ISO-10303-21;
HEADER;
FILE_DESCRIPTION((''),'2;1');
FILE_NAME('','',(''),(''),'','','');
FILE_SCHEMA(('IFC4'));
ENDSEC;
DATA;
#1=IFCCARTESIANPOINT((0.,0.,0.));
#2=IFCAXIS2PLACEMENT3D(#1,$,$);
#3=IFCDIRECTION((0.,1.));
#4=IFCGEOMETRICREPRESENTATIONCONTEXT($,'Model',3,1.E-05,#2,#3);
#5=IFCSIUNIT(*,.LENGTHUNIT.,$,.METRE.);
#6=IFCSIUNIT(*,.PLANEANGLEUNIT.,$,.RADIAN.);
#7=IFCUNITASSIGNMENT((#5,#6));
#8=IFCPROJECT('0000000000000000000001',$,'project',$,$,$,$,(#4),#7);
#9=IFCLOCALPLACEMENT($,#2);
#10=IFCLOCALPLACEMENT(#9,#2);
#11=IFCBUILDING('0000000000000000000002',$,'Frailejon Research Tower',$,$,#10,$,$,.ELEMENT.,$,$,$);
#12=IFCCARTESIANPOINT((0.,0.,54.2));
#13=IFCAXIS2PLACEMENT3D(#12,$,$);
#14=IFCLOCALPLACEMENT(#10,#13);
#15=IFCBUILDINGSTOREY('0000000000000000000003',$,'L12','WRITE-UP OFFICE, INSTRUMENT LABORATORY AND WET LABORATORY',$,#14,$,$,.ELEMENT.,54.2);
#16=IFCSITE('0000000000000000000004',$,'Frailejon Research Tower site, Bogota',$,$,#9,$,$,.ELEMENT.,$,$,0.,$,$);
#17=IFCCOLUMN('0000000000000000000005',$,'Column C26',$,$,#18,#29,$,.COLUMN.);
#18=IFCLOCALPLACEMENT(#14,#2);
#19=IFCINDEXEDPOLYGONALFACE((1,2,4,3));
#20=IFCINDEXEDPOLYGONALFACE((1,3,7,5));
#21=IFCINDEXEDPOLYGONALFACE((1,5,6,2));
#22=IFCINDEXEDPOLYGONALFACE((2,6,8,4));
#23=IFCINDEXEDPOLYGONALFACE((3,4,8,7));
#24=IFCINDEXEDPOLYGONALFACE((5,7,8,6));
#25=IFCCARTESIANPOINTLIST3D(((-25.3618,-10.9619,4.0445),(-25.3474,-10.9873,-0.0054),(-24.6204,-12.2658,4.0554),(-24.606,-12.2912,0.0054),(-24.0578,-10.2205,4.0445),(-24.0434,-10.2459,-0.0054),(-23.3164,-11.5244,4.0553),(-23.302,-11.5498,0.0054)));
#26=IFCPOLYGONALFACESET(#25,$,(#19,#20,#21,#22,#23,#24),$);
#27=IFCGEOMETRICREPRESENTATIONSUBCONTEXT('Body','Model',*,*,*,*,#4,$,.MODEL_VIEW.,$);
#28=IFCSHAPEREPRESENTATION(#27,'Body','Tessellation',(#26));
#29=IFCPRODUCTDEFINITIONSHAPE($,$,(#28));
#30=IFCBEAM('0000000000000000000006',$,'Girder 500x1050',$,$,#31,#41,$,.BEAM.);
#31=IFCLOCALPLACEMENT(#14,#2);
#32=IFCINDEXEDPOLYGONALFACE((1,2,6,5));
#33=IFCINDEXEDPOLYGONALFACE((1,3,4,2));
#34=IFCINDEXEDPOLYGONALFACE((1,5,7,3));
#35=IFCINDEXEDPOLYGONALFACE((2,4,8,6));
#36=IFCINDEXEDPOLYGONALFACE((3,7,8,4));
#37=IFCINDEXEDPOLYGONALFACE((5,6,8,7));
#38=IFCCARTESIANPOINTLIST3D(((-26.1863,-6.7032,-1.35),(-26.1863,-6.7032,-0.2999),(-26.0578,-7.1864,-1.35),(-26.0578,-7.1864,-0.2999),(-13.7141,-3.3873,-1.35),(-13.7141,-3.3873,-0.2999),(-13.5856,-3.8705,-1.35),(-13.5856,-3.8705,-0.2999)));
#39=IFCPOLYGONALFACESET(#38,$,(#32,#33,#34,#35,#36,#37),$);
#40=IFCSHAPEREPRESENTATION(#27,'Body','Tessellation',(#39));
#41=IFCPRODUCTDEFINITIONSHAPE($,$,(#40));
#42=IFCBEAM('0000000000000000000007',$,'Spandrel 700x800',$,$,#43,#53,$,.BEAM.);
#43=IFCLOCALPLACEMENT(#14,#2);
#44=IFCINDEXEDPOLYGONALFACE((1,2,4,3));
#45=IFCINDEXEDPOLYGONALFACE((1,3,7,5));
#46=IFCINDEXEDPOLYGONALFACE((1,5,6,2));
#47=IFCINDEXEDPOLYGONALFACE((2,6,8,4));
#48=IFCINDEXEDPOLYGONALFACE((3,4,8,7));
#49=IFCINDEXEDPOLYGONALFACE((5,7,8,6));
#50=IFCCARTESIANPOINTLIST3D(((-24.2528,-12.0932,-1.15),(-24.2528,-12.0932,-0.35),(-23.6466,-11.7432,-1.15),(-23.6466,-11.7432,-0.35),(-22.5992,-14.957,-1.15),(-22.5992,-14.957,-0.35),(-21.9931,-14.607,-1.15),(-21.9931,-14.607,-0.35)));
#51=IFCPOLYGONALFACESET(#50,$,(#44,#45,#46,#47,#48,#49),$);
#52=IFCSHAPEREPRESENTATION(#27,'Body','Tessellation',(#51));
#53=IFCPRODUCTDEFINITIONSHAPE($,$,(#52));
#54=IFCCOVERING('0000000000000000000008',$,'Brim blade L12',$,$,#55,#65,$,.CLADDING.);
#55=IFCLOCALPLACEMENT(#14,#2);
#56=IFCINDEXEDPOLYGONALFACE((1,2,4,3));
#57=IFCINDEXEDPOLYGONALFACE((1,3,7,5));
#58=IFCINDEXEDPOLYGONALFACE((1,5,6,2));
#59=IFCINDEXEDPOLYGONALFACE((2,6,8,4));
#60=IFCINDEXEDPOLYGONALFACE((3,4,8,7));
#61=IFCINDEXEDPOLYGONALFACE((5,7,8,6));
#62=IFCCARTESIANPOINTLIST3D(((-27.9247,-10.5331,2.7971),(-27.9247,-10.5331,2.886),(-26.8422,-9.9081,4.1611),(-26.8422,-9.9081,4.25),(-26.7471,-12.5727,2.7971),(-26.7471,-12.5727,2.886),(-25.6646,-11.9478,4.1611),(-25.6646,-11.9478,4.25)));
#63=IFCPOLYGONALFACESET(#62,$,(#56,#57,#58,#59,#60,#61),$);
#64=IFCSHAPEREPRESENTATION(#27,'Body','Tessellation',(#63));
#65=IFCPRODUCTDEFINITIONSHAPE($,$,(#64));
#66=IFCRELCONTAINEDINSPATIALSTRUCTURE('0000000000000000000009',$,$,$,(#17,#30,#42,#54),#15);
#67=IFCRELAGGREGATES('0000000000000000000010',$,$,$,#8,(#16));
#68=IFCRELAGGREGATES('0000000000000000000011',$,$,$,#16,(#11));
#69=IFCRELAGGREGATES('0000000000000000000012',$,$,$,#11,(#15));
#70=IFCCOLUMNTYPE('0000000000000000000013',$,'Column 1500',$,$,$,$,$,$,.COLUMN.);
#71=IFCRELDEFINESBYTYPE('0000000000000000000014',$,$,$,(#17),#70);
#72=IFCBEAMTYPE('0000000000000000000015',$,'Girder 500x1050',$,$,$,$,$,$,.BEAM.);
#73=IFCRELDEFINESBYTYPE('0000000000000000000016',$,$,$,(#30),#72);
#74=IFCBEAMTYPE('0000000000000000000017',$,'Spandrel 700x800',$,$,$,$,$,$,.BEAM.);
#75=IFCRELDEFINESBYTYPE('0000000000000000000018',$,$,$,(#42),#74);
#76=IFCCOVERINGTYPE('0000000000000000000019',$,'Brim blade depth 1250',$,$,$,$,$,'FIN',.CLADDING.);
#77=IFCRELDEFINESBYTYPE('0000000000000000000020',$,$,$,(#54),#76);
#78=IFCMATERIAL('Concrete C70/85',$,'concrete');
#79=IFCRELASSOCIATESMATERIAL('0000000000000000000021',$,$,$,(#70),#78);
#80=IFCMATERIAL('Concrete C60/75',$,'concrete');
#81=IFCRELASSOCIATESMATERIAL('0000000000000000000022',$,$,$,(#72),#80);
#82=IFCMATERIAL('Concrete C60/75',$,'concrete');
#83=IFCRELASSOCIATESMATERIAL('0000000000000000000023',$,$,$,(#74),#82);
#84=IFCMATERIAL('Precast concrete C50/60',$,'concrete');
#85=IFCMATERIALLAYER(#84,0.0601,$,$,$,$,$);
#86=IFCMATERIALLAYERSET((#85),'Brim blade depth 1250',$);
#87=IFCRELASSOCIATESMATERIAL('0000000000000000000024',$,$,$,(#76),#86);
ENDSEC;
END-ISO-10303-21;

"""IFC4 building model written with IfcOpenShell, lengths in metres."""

from ifc_helpers import new_model, si_unit, direction, frame, origin, origin_2d, place, context, subcontext, project, spatial, polyline, rectangle, outline, extrude, material, layer, layer_set, material_profile, profile_set, type_object, element, save


model = new_model("IFC4")

# Units and contexts
model_context = context("Model", 3, precision=1e-05, world=origin(), true_north=direction((0.0, 1.0)))
body_context = subcontext(model_context, "Body", "Model", "MODEL_VIEW")
ifc_project = project(units=[si_unit("LENGTHUNIT", "METRE"), si_unit("PLANEANGLEUNIT", "RADIAN")], contexts=[model_context])

# Site, building, storey
site_placement = place(None, origin())
site = spatial("IfcSite", under=ifc_project, at=site_placement, Name="Frailejon Research Tower site, Bogota", CompositionType="ELEMENT", RefElevation=0.0)
building_placement = place(site_placement, origin())
building = spatial("IfcBuilding", under=site, at=building_placement, Name="Frailejon Research Tower", CompositionType="ELEMENT")
storey_placement = place(building_placement, frame((0.0, 0.0, 54.2)))
storey = spatial("IfcBuildingStorey", under=building, at=storey_placement, Name="L12", Description="WRITE-UP OFFICE, INSTRUMENT LABORATORY AND WET LABORATORY", CompositionType="ELEMENT", Elevation=54.2)

# Column
ifc_material_1 = material(Name="Concrete C70/85", Category="concrete")
ifc_material_profile_1 = material_profile(ifc_material_1, rectangle(XDim=1.5, YDim=1.5, at=origin_2d()), Name="Column 1500")
ifc_profile_set_1 = profile_set([ifc_material_profile_1], Name="Concrete C70/85")
column_type = type_object("IfcColumnType", Name="Column 1500", PredefinedType="COLUMN", material=ifc_profile_set_1)
column_placement = place(storey_placement, frame((-24.3247, -11.2686, 0.0), z_axis=(-0.003556, 0.006269, 0.999974), x_axis=(0.494246, -0.869292, 0.007208)))
element("IfcColumn", 1, at=column_placement, inside=storey, type_object=column_type, Name="Column C26", PredefinedType="COLUMN", context=body_context, shape_type="SweptSolid", body=[
    extrude(rectangle(XDim=1.5, YDim=1.5, at=origin_2d()), origin(), (0.0, 0.0, 1.0), 4.05),
])

# Beams
ifc_material_2 = material(Name="Concrete C60/75", Category="concrete")
ifc_material_profile_2 = material_profile(ifc_material_2, rectangle(XDim=0.5, YDim=1.05, at=origin_2d()), Name="Girder 500x1050")
ifc_profile_set_2 = profile_set([ifc_material_profile_2], Name="Concrete C60/75")
beam_type_1 = type_object("IfcBeamType", Name="Girder 500x1050", PredefinedType="BEAM", material=ifc_profile_set_2)
beam_1_placement = place(storey_placement, frame((-26.1221, -6.9448, -0.825), z_axis=(0.966427, 0.25694, 0.0), x_axis=(-0.25694, 0.966427, 0.0)))
element("IfcBeam", 2, at=beam_1_placement, inside=storey, type_object=beam_type_1, Name="Girder 500x1050", PredefinedType="BEAM", context=body_context, shape_type="SweptSolid", body=[
    extrude(rectangle(XDim=0.5, YDim=1.05, at=origin_2d()), origin(), (0.0, 0.0, 1.0), 12.9055),
])
ifc_material_3 = material(Name="Concrete C60/75", Category="concrete")
ifc_material_profile_3 = material_profile(ifc_material_3, rectangle(XDim=0.7, YDim=0.8, at=origin_2d()), Name="Spandrel 700x800")
ifc_profile_set_3 = profile_set([ifc_material_profile_3], Name="Concrete C60/75")
beam_type_2 = type_object("IfcBeamType", Name="Spandrel 700x800", PredefinedType="BEAM", material=ifc_profile_set_3)
beam_2_placement = place(storey_placement, frame((-23.9497, -11.9182, -0.75), z_axis=(0.500038, -0.866004, 0.0), x_axis=(0.866004, 0.500038, 0.0)))
element("IfcBeam", 3, at=beam_2_placement, inside=storey, type_object=beam_type_2, Name="Spandrel 700x800", PredefinedType="BEAM", context=body_context, shape_type="SweptSolid", body=[
    extrude(rectangle(XDim=0.7, YDim=0.8, at=origin_2d()), origin(), (0.0, 0.0, 1.0), 3.3069),
])

# Covering
ifc_material_4 = material(Name="Precast concrete C50/60", Category="concrete")
ifc_layer_1 = layer(ifc_material_4, 0.0601)
ifc_layer_set_1 = layer_set([ifc_layer_1], Name="Brim blade depth 1250")
covering_type = type_object("IfcCoveringType", Name="Brim blade depth 1250", ElementType="FIN", PredefinedType="CLADDING", material=ifc_layer_set_1)
covering_placement = place(storey_placement, frame((-25.6646, -11.9478, 4.25), z_axis=(-0.499997, 0.866027, 0.0), x_axis=(-0.866027, -0.499997, 0.0)))
element("IfcCovering", 4, at=covering_placement, inside=storey, type_object=covering_type, Name="Brim blade L12", PredefinedType="CLADDING", context=body_context, shape_type="SweptSolid", body=[
    extrude(outline(polyline([(0.0, -0.0889), (1.25, -1.4529), (1.25, -1.364), (0.0, 0.0), (0.0, -0.0889)])), origin(), (0.0, 0.0, 1.0), 2.3552),
])

save(model, "model.ifc")
